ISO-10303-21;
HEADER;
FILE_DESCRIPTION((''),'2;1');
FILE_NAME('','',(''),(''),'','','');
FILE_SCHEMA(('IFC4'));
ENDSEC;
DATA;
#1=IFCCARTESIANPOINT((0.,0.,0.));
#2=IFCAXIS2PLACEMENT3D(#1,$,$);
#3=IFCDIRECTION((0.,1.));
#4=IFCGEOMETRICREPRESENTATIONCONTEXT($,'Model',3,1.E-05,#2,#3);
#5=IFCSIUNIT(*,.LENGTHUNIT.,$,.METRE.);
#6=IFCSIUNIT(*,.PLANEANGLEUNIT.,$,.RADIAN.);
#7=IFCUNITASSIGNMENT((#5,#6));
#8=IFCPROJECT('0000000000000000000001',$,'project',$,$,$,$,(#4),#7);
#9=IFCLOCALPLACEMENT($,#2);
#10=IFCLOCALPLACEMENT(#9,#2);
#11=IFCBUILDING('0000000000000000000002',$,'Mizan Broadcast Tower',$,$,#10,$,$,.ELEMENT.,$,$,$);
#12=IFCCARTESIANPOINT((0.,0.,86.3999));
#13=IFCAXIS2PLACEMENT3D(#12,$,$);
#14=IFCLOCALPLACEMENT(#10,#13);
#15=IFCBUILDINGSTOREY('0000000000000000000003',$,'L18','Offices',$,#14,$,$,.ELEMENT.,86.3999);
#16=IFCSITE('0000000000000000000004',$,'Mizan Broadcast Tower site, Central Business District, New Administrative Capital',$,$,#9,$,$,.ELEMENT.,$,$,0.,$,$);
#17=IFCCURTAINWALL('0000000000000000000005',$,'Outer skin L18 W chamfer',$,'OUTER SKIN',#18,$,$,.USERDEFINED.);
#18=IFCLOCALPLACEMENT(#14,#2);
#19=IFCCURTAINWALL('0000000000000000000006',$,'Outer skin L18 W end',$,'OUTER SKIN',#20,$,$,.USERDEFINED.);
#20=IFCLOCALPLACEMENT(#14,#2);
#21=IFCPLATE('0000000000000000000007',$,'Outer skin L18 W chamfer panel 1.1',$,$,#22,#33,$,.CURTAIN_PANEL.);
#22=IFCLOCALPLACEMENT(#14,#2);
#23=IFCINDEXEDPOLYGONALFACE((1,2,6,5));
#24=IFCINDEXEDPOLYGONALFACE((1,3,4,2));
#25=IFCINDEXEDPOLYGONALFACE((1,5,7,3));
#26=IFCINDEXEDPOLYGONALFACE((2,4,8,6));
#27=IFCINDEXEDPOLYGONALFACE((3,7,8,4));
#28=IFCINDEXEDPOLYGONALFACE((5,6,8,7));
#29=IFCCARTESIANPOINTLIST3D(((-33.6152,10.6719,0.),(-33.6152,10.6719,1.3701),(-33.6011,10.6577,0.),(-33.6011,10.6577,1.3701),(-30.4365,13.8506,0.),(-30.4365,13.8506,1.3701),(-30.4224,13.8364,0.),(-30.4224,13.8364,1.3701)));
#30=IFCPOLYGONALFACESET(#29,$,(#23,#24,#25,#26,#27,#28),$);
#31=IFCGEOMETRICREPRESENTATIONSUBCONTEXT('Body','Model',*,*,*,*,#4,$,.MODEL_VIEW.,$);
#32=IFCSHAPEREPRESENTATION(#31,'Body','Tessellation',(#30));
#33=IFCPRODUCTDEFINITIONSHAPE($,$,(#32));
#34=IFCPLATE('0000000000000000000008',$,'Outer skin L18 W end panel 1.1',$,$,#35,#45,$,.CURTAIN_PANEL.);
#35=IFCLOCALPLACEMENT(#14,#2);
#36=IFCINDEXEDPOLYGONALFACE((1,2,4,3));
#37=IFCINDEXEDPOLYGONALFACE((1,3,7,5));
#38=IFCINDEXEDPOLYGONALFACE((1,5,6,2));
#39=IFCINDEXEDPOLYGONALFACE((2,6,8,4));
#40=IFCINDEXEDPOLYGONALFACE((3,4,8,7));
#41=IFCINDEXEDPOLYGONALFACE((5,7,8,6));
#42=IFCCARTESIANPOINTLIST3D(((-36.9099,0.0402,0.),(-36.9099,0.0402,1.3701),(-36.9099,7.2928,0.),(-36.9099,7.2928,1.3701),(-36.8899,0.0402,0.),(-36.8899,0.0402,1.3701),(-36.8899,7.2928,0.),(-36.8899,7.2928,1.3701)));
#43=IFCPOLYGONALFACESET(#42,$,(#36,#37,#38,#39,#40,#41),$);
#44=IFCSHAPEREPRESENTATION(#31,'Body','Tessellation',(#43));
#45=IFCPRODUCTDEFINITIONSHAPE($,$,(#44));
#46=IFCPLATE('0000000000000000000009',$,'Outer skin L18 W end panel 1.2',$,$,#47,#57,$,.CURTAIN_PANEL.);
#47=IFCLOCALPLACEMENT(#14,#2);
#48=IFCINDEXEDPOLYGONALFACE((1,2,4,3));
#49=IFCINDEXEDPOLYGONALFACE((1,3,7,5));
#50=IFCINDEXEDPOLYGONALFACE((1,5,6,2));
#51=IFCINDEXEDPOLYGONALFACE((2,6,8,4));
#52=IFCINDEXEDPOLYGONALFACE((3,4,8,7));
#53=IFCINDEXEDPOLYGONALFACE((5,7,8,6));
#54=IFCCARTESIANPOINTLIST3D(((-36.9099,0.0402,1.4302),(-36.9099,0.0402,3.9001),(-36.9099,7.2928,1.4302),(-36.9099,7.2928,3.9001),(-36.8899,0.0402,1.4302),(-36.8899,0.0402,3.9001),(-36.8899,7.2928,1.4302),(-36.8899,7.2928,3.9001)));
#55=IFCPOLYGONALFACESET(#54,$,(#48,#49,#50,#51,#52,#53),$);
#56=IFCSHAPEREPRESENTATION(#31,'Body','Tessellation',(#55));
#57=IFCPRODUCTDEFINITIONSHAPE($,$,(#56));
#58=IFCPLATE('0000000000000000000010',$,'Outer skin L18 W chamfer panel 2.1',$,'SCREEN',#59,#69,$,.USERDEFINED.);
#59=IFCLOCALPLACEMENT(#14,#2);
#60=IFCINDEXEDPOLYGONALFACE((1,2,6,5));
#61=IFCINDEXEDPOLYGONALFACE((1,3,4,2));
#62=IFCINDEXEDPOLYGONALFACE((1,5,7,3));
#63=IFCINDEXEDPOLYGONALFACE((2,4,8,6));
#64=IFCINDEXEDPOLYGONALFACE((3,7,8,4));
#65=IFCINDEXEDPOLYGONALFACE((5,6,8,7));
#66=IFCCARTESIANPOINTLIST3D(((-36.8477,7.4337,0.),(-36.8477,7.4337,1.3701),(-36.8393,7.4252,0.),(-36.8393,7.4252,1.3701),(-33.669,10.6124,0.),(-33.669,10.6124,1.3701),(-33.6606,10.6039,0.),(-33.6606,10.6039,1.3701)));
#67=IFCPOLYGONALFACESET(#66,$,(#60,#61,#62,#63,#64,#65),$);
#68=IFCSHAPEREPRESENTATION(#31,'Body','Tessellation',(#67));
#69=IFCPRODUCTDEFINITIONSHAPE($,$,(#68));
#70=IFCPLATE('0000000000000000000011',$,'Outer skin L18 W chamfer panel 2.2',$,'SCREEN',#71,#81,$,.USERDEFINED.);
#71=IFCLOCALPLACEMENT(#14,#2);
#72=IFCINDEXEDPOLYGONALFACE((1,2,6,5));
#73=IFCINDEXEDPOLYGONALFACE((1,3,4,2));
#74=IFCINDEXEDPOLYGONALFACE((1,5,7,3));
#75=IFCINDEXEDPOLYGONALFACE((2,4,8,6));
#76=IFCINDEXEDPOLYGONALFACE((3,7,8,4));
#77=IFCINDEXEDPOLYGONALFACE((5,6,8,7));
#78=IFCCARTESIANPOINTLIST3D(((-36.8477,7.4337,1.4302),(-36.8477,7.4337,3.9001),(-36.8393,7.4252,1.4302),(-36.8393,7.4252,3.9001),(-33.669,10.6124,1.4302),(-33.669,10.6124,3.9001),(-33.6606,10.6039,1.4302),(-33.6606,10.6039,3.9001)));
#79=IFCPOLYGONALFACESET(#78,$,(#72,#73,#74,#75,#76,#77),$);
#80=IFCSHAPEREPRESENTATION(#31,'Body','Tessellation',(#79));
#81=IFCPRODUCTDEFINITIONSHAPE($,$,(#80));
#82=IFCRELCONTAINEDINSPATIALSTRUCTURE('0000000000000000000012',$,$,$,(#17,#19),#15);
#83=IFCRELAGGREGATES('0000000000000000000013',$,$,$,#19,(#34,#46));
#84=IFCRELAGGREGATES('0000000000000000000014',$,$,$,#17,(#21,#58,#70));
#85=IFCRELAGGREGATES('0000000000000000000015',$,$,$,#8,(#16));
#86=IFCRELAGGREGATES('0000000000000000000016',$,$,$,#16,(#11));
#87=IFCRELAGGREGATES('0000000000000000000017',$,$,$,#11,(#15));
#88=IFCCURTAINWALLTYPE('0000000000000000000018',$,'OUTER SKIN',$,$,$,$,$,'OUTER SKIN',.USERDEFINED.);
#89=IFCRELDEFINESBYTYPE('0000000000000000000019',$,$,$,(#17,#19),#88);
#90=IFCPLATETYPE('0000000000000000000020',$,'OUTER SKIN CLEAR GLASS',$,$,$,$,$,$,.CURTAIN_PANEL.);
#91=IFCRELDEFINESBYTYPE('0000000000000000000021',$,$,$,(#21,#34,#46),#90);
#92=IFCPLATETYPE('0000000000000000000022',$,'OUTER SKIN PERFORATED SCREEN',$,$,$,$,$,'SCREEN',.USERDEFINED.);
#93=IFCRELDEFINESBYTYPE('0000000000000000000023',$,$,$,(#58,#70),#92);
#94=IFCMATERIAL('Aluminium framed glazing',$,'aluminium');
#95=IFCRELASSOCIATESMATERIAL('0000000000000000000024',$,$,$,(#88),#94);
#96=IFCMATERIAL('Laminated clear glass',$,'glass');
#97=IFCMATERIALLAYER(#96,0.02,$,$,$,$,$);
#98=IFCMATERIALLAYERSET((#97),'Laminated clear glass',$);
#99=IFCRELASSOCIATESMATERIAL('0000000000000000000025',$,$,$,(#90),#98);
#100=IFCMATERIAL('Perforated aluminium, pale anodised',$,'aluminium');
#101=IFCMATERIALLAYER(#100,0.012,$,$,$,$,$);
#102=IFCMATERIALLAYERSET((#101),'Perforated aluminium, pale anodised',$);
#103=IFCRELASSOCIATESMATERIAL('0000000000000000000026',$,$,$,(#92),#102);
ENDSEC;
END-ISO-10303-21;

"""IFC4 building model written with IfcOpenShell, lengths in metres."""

from ifc_helpers import new_model, si_unit, direction, frame, origin, origin_2d, place, context, subcontext, project, spatial, rectangle, extrude, material, layer, layer_set, type_object, element, aggregate, save


model = new_model("IFC4")

# Units and contexts
model_context = context("Model", 3, precision=1e-05, world=origin(), true_north=direction((0.0, 1.0)))
body_context = subcontext(model_context, "Body", "Model", "MODEL_VIEW")
ifc_project = project(units=[si_unit("LENGTHUNIT", "METRE"), si_unit("PLANEANGLEUNIT", "RADIAN")], contexts=[model_context])

# Site, building, storey
site_placement = place(None, origin())
site = spatial("IfcSite", under=ifc_project, at=site_placement, Name="Mizan Broadcast Tower site, Central Business District, New Administrative Capital", CompositionType="ELEMENT", RefElevation=0.0)
building_placement = place(site_placement, origin())
building = spatial("IfcBuilding", under=site, at=building_placement, Name="Mizan Broadcast Tower", CompositionType="ELEMENT")
storey_placement = place(building_placement, frame((0.0, 0.0, 86.3999)))
storey = spatial("IfcBuildingStorey", under=building, at=storey_placement, Name="L18", Description="Offices", CompositionType="ELEMENT", Elevation=86.3999)

# Curtain wall
ifc_material_1 = material(Name="Aluminium framed glazing", Category="aluminium")
curtain_wall_type_1 = type_object("IfcCurtainWallType", Name="OUTER SKIN", ElementType="OUTER SKIN", PredefinedType="USERDEFINED", material=ifc_material_1)
curtain_wall_1_placement = place(storey_placement, origin())
curtain_wall_1 = element("IfcCurtainWall", 1, at=curtain_wall_1_placement, inside=storey, type_object=curtain_wall_type_1, Name="Outer skin L18 W chamfer", ObjectType="OUTER SKIN", PredefinedType="USERDEFINED")

# Curtain wall
curtain_wall_2_placement = place(storey_placement, origin())
curtain_wall_2 = element("IfcCurtainWall", 2, at=curtain_wall_2_placement, inside=storey, type_object=curtain_wall_type_1, Name="Outer skin L18 W end", ObjectType="OUTER SKIN", PredefinedType="USERDEFINED")

# Plates
ifc_material_2 = material(Name="Laminated clear glass", Category="glass")
ifc_layer_1 = layer(ifc_material_2, 0.02)
ifc_layer_set_1 = layer_set([ifc_layer_1], Name="Laminated clear glass")
plate_type_1 = type_object("IfcPlateType", Name="OUTER SKIN CLEAR GLASS", PredefinedType="CURTAIN_PANEL", material=ifc_layer_set_1)
plate_1_placement = place(storey_placement, frame((-32.0188, 12.2542, 0.0), z_axis=(0.0, 0.0, 1.0), x_axis=(-0.707107, -0.707107, 0.0)))
plate_1 = element("IfcPlate", 3, at=plate_1_placement, type_object=plate_type_1, Name="Outer skin L18 W chamfer panel 1.1", PredefinedType="CURTAIN_PANEL", context=body_context, shape_type="SweptSolid", body=[
    extrude(rectangle(XDim=4.4954, YDim=0.02, at=origin_2d()), origin(), (0.0, 0.0, 1.0), 1.3701),
])
plate_2_placement = place(storey_placement, frame((-36.8999, 3.6665, 0.0), z_axis=(0.0, 0.0, 1.0), x_axis=(0.0, -1.0, 0.0)))
plate_2 = element("IfcPlate", 4, at=plate_2_placement, type_object=plate_type_1, Name="Outer skin L18 W end panel 1.1", PredefinedType="CURTAIN_PANEL", context=body_context, shape_type="SweptSolid", body=[
    extrude(rectangle(XDim=7.2527, YDim=0.02, at=origin_2d()), origin(), (0.0, 0.0, 1.0), 1.3701),
])
plate_3_placement = place(storey_placement, frame((-36.8999, 3.6665, 1.4302), z_axis=(0.0, 0.0, 1.0), x_axis=(0.0, -1.0, 0.0)))
plate_3 = element("IfcPlate", 5, at=plate_3_placement, type_object=plate_type_1, Name="Outer skin L18 W end panel 1.2", PredefinedType="CURTAIN_PANEL", context=body_context, shape_type="SweptSolid", body=[
    extrude(rectangle(XDim=7.2527, YDim=0.02, at=origin_2d()), origin(), (0.0, 0.0, 1.0), 2.47),
])
aggregate(curtain_wall_2, [plate_2, plate_3])
ifc_material_3 = material(Name="Perforated aluminium, pale anodised", Category="aluminium")
ifc_layer_2 = layer(ifc_material_3, 0.012)
ifc_layer_set_2 = layer_set([ifc_layer_2], Name="Perforated aluminium, pale anodised")
plate_type_2 = type_object("IfcPlateType", Name="OUTER SKIN PERFORATED SCREEN", ElementType="SCREEN", PredefinedType="USERDEFINED", material=ifc_layer_set_2)
plate_4_placement = place(storey_placement, frame((-35.2542, 9.0188, 0.0), z_axis=(0.0, 0.0, 1.0), x_axis=(-0.707107, -0.707107, 0.0)))
plate_4 = element("IfcPlate", 6, at=plate_4_placement, type_object=plate_type_2, Name="Outer skin L18 W chamfer panel 2.1", ObjectType="SCREEN", PredefinedType="USERDEFINED", context=body_context, shape_type="SweptSolid", body=[
    extrude(rectangle(XDim=4.4954, YDim=0.012, at=origin_2d()), origin(), (0.0, 0.0, 1.0), 1.3701),
])
plate_5_placement = place(storey_placement, frame((-35.2542, 9.0188, 1.4302), z_axis=(0.0, 0.0, 1.0), x_axis=(-0.707107, -0.707107, 0.0)))
plate_5 = element("IfcPlate", 7, at=plate_5_placement, type_object=plate_type_2, Name="Outer skin L18 W chamfer panel 2.2", ObjectType="SCREEN", PredefinedType="USERDEFINED", context=body_context, shape_type="SweptSolid", body=[
    extrude(rectangle(XDim=4.4954, YDim=0.012, at=origin_2d()), origin(), (0.0, 0.0, 1.0), 2.47),
])
aggregate(curtain_wall_1, [plate_1, plate_4, plate_5])

save(model, "model.ifc")
